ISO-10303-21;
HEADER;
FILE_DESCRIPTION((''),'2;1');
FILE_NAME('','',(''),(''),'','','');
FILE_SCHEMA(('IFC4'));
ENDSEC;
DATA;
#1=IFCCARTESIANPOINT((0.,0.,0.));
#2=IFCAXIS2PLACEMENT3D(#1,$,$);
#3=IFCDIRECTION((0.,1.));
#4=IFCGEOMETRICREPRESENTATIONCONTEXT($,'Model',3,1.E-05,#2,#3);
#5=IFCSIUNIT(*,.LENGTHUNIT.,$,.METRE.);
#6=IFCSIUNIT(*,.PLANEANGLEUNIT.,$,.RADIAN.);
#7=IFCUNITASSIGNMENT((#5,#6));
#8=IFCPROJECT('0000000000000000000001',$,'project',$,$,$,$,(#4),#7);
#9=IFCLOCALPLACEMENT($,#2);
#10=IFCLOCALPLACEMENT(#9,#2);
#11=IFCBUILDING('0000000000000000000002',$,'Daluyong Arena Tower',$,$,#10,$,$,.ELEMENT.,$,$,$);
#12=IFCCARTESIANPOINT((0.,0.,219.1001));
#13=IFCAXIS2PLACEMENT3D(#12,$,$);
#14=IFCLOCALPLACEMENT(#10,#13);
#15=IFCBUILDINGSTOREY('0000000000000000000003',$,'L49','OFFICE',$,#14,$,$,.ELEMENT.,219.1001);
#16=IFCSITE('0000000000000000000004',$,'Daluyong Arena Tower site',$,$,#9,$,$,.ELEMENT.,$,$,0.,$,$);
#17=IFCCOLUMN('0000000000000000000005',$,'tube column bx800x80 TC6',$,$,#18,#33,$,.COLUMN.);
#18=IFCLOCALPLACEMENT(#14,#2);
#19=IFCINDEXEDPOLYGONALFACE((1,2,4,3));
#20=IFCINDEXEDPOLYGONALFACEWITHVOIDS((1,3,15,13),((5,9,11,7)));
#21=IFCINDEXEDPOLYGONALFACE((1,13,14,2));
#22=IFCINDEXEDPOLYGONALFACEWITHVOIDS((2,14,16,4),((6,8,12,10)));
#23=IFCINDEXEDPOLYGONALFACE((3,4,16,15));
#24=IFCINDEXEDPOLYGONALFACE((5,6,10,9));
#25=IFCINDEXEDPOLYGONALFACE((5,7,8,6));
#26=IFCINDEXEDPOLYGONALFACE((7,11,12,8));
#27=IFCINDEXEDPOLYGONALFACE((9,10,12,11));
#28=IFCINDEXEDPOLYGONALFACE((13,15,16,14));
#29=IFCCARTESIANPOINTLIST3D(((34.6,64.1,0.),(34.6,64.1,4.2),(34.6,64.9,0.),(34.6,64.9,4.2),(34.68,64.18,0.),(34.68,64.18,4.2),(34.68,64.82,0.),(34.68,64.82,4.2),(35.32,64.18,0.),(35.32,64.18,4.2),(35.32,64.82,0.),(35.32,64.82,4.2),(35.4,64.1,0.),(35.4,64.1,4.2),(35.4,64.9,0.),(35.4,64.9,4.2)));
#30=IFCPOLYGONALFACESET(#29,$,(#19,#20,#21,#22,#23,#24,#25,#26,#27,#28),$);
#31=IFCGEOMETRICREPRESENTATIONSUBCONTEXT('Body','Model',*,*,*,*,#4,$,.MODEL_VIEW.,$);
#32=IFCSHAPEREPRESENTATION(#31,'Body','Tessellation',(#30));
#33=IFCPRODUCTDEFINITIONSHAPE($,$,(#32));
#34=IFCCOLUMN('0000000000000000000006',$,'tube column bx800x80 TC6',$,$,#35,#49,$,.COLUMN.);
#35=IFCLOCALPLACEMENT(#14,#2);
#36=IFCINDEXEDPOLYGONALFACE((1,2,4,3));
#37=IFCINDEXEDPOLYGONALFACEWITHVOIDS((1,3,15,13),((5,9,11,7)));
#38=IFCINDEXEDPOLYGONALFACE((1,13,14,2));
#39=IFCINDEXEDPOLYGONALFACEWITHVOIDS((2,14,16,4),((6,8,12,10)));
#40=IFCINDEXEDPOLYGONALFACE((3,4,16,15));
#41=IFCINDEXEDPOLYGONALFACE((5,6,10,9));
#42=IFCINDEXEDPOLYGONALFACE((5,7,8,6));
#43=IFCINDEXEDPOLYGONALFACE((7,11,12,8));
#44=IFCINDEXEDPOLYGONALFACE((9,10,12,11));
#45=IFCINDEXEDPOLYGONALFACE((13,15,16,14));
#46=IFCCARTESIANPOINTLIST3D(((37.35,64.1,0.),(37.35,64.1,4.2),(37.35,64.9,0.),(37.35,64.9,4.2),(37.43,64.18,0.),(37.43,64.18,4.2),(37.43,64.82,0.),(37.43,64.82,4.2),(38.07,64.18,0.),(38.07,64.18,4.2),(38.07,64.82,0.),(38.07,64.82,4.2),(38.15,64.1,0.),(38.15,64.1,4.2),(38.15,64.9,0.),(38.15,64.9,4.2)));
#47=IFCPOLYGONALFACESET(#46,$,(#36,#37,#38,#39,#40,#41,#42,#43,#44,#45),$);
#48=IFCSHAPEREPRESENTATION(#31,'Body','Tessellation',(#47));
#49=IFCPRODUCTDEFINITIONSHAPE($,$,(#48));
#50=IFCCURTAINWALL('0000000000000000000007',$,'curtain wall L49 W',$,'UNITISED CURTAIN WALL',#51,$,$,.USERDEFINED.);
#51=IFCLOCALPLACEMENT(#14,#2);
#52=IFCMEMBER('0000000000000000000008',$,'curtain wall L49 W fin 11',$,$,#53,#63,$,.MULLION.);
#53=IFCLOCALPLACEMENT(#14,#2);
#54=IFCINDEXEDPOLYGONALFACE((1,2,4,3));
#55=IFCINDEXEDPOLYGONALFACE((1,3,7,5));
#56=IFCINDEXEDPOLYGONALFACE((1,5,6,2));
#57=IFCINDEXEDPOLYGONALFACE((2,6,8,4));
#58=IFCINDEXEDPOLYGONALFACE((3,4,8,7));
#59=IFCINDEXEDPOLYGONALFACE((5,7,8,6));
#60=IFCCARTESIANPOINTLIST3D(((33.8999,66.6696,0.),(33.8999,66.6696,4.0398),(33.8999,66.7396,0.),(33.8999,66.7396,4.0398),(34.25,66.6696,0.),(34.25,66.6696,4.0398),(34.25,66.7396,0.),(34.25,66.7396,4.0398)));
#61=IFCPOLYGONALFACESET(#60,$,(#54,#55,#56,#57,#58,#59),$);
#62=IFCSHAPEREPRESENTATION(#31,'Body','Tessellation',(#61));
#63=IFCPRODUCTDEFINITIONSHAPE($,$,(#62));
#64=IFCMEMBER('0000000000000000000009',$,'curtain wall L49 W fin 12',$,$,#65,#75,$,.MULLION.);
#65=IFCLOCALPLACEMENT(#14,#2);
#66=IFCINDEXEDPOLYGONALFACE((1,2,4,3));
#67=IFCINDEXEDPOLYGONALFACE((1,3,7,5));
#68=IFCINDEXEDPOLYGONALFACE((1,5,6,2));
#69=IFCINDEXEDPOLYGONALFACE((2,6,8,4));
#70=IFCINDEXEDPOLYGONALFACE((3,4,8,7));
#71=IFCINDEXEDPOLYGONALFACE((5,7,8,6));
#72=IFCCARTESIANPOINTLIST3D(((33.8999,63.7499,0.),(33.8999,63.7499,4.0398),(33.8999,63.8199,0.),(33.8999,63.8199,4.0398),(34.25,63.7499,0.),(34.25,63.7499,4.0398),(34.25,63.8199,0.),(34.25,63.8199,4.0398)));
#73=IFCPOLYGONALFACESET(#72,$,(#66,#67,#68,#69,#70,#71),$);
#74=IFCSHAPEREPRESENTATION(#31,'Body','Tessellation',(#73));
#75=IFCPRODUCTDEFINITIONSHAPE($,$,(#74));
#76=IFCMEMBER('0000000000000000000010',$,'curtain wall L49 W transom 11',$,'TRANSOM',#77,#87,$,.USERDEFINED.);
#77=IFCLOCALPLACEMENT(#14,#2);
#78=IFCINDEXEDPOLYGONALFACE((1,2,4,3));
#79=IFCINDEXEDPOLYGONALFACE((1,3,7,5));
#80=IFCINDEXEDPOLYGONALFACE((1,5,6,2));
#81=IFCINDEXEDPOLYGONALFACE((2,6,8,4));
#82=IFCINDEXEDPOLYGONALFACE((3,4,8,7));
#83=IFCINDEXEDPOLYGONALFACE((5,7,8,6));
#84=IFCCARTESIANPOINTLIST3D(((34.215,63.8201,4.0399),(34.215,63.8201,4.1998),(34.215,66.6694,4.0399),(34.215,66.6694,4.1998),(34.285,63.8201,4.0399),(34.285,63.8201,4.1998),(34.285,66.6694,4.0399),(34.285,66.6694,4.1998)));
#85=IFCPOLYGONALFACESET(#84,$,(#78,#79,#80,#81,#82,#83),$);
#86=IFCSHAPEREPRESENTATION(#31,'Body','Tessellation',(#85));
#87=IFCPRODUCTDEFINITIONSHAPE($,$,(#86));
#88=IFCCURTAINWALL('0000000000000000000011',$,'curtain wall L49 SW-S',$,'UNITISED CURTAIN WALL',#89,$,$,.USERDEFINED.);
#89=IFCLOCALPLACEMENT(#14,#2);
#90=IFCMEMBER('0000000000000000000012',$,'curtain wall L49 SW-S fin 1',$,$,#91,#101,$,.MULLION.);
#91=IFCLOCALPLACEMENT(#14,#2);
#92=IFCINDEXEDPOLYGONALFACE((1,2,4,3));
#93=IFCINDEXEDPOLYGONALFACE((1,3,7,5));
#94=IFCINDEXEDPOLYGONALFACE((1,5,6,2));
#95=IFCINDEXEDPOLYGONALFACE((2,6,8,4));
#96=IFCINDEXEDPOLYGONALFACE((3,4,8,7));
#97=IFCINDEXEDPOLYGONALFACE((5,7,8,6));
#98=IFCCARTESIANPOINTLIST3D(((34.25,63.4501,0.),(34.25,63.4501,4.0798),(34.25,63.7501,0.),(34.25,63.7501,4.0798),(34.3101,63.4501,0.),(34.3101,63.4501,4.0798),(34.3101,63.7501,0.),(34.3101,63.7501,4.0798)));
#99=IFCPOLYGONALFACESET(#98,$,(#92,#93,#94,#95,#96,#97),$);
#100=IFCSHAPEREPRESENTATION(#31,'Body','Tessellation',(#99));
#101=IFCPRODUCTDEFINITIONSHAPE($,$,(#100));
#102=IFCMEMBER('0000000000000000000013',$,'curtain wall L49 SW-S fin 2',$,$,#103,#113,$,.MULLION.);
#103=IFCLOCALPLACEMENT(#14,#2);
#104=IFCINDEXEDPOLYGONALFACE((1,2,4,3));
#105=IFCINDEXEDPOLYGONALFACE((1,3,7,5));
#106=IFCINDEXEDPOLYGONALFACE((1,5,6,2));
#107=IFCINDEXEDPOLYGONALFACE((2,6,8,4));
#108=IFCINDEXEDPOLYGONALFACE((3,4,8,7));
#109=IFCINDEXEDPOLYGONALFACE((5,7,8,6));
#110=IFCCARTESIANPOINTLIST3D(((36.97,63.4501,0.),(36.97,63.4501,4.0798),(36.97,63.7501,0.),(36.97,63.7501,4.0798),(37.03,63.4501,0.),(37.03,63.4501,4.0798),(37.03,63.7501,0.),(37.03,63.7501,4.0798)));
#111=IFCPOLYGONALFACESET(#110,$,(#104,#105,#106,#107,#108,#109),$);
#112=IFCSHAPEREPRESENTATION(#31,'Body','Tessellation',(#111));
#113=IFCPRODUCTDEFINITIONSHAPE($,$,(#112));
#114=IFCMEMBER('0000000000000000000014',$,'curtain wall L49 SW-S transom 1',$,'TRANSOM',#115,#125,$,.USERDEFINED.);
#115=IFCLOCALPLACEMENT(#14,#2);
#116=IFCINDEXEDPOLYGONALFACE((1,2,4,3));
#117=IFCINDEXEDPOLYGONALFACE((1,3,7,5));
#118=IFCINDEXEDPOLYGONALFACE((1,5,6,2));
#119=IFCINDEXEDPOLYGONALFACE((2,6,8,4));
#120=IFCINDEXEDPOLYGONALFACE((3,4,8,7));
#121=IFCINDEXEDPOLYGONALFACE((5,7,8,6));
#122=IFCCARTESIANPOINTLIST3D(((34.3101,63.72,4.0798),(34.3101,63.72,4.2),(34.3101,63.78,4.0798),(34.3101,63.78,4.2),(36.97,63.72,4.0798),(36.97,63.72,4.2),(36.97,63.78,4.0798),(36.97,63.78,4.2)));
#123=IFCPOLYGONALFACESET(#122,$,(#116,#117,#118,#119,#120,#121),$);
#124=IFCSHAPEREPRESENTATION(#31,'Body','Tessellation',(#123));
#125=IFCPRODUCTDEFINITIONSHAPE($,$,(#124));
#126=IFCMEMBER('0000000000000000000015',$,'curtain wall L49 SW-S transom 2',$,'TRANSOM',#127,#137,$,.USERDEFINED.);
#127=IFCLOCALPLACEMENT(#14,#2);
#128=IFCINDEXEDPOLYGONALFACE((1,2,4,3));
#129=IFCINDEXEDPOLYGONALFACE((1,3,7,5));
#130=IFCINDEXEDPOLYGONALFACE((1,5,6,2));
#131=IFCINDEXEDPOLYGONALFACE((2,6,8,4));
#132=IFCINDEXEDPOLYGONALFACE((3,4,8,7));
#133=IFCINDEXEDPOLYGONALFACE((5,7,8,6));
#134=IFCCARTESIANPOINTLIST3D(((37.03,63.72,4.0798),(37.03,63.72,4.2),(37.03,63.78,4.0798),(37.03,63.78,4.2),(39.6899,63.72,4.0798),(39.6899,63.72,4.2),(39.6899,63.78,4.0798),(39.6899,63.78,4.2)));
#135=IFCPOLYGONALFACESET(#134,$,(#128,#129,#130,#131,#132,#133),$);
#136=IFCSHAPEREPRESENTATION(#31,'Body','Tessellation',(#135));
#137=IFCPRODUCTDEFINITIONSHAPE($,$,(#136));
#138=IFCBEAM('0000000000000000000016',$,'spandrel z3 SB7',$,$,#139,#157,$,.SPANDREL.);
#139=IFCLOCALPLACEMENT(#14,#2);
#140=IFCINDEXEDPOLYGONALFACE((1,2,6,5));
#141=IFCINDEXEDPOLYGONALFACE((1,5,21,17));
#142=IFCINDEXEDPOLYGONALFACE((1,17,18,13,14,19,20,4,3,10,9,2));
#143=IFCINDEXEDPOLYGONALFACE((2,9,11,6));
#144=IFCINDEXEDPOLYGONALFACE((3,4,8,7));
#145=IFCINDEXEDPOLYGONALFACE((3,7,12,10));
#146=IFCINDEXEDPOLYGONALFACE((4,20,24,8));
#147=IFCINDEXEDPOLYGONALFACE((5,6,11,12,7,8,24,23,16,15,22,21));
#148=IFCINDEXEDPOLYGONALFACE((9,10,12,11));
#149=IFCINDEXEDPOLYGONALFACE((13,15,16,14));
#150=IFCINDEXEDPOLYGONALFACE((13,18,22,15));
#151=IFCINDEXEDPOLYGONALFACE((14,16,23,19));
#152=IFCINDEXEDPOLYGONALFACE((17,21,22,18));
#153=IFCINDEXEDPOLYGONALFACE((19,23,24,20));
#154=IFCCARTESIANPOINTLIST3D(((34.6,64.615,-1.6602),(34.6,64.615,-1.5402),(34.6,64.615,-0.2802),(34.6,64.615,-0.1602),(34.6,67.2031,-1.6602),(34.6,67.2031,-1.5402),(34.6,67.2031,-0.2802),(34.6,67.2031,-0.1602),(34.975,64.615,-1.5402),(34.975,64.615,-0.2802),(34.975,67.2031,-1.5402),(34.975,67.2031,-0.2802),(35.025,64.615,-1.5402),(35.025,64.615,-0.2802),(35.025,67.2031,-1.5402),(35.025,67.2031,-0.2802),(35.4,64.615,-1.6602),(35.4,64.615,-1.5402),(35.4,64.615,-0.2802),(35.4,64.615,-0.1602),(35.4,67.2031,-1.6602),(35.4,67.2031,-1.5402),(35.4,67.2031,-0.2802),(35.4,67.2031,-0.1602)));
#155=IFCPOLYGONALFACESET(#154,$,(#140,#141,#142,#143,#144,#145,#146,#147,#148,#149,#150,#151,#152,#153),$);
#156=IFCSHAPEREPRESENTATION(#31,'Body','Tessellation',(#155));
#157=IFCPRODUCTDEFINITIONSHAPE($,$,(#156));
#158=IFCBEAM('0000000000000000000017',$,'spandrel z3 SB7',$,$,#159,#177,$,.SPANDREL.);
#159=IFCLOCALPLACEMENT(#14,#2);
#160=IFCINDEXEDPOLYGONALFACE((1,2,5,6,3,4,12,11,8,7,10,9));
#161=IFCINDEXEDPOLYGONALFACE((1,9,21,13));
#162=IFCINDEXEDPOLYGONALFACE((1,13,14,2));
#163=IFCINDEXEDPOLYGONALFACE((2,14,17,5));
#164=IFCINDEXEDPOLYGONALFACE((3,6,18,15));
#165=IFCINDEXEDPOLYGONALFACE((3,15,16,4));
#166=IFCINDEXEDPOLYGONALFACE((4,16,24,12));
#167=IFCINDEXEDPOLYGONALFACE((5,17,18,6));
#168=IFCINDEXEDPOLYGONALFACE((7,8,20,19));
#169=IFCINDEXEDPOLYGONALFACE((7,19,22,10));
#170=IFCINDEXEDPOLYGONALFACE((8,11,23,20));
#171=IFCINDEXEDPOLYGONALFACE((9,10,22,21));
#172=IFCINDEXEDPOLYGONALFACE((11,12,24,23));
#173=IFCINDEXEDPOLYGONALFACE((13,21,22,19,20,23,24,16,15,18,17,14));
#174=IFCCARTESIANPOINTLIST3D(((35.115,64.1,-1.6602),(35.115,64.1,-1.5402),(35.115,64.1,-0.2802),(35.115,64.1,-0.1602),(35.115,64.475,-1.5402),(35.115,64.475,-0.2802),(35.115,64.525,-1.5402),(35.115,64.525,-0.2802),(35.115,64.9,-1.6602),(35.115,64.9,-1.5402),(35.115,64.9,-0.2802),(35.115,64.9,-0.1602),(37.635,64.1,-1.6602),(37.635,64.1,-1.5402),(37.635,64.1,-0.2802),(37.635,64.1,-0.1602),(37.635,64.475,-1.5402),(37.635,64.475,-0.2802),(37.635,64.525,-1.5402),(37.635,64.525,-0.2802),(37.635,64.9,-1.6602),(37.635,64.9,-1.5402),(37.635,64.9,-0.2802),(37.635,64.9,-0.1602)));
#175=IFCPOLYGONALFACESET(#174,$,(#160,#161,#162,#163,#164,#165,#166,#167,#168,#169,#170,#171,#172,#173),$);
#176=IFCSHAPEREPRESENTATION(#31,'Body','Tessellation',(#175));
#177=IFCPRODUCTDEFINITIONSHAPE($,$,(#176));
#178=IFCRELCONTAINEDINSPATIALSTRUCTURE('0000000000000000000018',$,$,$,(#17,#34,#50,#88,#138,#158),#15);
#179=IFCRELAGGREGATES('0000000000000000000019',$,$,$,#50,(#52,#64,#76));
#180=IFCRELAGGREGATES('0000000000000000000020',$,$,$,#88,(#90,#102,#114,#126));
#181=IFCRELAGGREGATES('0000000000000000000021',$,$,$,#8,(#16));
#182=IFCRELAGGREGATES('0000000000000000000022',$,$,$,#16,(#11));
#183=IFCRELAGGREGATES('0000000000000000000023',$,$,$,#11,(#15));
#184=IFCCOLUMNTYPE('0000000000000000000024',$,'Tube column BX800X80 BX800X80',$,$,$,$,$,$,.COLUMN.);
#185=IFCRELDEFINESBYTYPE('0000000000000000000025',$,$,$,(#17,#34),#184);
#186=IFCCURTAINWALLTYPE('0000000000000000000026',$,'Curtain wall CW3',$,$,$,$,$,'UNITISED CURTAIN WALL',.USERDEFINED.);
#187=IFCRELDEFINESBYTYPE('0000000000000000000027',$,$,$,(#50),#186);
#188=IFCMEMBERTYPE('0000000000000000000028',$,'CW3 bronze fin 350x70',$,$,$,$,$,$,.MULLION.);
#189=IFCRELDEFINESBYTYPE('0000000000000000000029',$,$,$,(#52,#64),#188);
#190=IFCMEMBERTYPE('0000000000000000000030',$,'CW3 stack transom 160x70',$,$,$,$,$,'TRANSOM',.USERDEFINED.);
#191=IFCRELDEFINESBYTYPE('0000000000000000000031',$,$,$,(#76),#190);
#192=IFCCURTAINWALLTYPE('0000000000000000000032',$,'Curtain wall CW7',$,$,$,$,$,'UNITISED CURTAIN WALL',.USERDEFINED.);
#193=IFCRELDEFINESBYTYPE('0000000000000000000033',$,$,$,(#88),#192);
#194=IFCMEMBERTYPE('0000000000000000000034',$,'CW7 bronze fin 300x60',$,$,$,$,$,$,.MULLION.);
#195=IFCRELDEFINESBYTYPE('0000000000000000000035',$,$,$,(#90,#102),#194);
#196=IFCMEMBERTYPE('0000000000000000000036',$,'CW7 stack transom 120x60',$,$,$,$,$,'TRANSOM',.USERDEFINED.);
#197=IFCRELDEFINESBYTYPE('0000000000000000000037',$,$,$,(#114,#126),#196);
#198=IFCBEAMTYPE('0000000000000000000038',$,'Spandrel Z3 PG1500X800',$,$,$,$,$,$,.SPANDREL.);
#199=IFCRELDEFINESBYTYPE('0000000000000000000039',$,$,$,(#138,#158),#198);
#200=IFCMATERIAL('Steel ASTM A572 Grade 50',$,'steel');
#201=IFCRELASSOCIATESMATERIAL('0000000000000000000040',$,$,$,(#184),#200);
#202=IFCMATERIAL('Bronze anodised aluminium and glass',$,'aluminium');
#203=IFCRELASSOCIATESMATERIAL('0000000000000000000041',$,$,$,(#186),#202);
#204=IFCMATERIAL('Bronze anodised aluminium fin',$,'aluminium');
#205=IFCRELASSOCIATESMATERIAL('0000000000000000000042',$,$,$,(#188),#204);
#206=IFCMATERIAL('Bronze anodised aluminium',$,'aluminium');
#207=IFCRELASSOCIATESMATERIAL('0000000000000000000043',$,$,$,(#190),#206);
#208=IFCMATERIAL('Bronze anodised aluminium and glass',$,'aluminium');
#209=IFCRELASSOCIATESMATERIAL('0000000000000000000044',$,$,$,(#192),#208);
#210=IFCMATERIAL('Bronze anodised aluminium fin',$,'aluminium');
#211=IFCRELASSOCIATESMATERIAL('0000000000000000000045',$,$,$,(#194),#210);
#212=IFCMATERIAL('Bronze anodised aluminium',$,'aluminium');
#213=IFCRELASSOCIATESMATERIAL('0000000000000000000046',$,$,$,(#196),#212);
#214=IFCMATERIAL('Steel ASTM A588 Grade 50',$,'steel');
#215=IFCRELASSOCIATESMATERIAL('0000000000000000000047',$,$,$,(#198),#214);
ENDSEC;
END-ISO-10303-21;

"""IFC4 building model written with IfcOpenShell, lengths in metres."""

from ifc_helpers import new_model, si_unit, direction, frame, origin, origin_2d, place, context, subcontext, project, spatial, rectangle, hollow_rectangle, i_section, extrude, material, material_profile, profile_set, type_object, element, aggregate, save


model = new_model("IFC4")

# Units and contexts
model_context = context("Model", 3, precision=1e-05, world=origin(), true_north=direction((0.0, 1.0)))
body_context = subcontext(model_context, "Body", "Model", "MODEL_VIEW")
ifc_project = project(units=[si_unit("LENGTHUNIT", "METRE"), si_unit("PLANEANGLEUNIT", "RADIAN")], contexts=[model_context])

# Site, building, storey
site_placement = place(None, origin())
site = spatial("IfcSite", under=ifc_project, at=site_placement, Name="Daluyong Arena Tower site", CompositionType="ELEMENT", RefElevation=0.0)
building_placement = place(site_placement, origin())
building = spatial("IfcBuilding", under=site, at=building_placement, Name="Daluyong Arena Tower", CompositionType="ELEMENT")
storey_placement = place(building_placement, frame((0.0, 0.0, 219.1001)))
storey = spatial("IfcBuildingStorey", under=building, at=storey_placement, Name="L49", Description="OFFICE", CompositionType="ELEMENT", Elevation=219.1001)

# Columns
ifc_material_1 = material(Name="Steel ASTM A572 Grade 50", Category="steel")
ifc_material_profile_1 = material_profile(ifc_material_1, hollow_rectangle(XDim=0.8, YDim=0.8, WallThickness=0.08, at=origin_2d()))
ifc_profile_set_1 = profile_set([ifc_material_profile_1], Name="Steel ASTM A572 Grade 50")
column_type = type_object("IfcColumnType", Name="Tube column BX800X80 BX800X80", PredefinedType="COLUMN", material=ifc_profile_set_1)
for number, where, z_axis, x_axis, name in (
    (1, (35.0, 64.5, 0.0), (0.0, 0.0, 1.0), (1.0, 0.0, 0.0), "tube column bx800x80 TC6"),
    (2, (37.75, 64.5, 0.0), (0.0, 0.0, 1.0), (1.0, 0.0, 0.0), "tube column bx800x80 TC6"),
):
    element("IfcColumn", number, at=place(storey_placement, frame(where, z_axis=z_axis, x_axis=x_axis)), inside=storey, type_object=column_type, Name=name, PredefinedType="COLUMN", context=body_context, shape_type="SweptSolid", body=[
        extrude(hollow_rectangle(XDim=0.8, YDim=0.8, WallThickness=0.08, at=origin_2d()), origin(), (0.0, 0.0, 1.0), 4.2),
    ])

# Curtain walls, members
ifc_material_2 = material(Name="Bronze anodised aluminium and glass", Category="aluminium")
curtain_wall_type_1 = type_object("IfcCurtainWallType", Name="Curtain wall CW3", ElementType="UNITISED CURTAIN WALL", PredefinedType="USERDEFINED", material=ifc_material_2)
curtain_wall_1_placement = place(storey_placement, origin())
curtain_wall_1 = element("IfcCurtainWall", 3, at=curtain_wall_1_placement, inside=storey, type_object=curtain_wall_type_1, Name="curtain wall L49 W", ObjectType="UNITISED CURTAIN WALL", PredefinedType="USERDEFINED")
ifc_material_3 = material(Name="Bronze anodised aluminium fin", Category="aluminium")
ifc_material_profile_2 = material_profile(ifc_material_3, rectangle(XDim=0.3501, YDim=0.0701, at=origin_2d()))
ifc_profile_set_2 = profile_set([ifc_material_profile_2], Name="Bronze anodised aluminium fin")
member_type_1 = type_object("IfcMemberType", Name="CW3 bronze fin 350x70", PredefinedType="MULLION", material=ifc_profile_set_2)
member_1_placement = place(storey_placement, frame((34.075, 66.7046, 0.0), z_axis=(0.0, 0.0, 1.0), x_axis=(1.0, 0.0, 0.0)))
member_1 = element("IfcMember", 4, at=member_1_placement, type_object=member_type_1, Name="curtain wall L49 W fin 11", PredefinedType="MULLION", context=body_context, shape_type="SweptSolid", body=[
    extrude(rectangle(XDim=0.3501, YDim=0.0701, at=origin_2d()), origin(), (0.0, 0.0, 1.0), 4.0398),
])
member_2_placement = place(storey_placement, frame((34.075, 63.7849, 0.0), z_axis=(0.0, 0.0, 1.0), x_axis=(1.0, 0.0, 0.0)))
member_2 = element("IfcMember", 5, at=member_2_placement, type_object=member_type_1, Name="curtain wall L49 W fin 12", PredefinedType="MULLION", context=body_context, shape_type="SweptSolid", body=[
    extrude(rectangle(XDim=0.3501, YDim=0.0701, at=origin_2d()), origin(), (0.0, 0.0, 1.0), 4.0398),
])
ifc_material_4 = material(Name="Bronze anodised aluminium", Category="aluminium")
ifc_material_profile_3 = material_profile(ifc_material_4, rectangle(XDim=0.0701, YDim=0.1599, at=origin_2d()))
ifc_profile_set_3 = profile_set([ifc_material_profile_3], Name="Bronze anodised aluminium")
member_type_2 = type_object("IfcMemberType", Name="CW3 stack transom 160x70", ElementType="TRANSOM", PredefinedType="USERDEFINED", material=ifc_profile_set_3)
member_3_placement = place(storey_placement, frame((34.25, 66.6694, 4.1199), z_axis=(0.0, -1.0, 0.0), x_axis=(1.0, 0.0, 0.0)))
member_3 = element("IfcMember", 6, at=member_3_placement, type_object=member_type_2, Name="curtain wall L49 W transom 11", ObjectType="TRANSOM", PredefinedType="USERDEFINED", context=body_context, shape_type="SweptSolid", body=[
    extrude(rectangle(XDim=0.0701, YDim=0.1599, at=origin_2d()), origin(), (0.0, 0.0, 1.0), 2.8494),
])
ifc_material_5 = material(Name="Bronze anodised aluminium and glass", Category="aluminium")
curtain_wall_type_2 = type_object("IfcCurtainWallType", Name="Curtain wall CW7", ElementType="UNITISED CURTAIN WALL", PredefinedType="USERDEFINED", material=ifc_material_5)
curtain_wall_2_placement = place(storey_placement, origin())
curtain_wall_2 = element("IfcCurtainWall", 7, at=curtain_wall_2_placement, inside=storey, type_object=curtain_wall_type_2, Name="curtain wall L49 SW-S", ObjectType="UNITISED CURTAIN WALL", PredefinedType="USERDEFINED")
ifc_material_6 = material(Name="Bronze anodised aluminium fin", Category="aluminium")
ifc_material_profile_4 = material_profile(ifc_material_6, rectangle(XDim=0.3, YDim=0.0601, at=origin_2d()))
ifc_profile_set_4 = profile_set([ifc_material_profile_4], Name="Bronze anodised aluminium fin")
member_type_3 = type_object("IfcMemberType", Name="CW7 bronze fin 300x60", PredefinedType="MULLION", material=ifc_profile_set_4)
member_4_placement = place(storey_placement, frame((34.28, 63.6001, 0.0), z_axis=(0.0, 0.0, 1.0), x_axis=(0.0, 1.0, 0.0)))
member_4 = element("IfcMember", 8, at=member_4_placement, type_object=member_type_3, Name="curtain wall L49 SW-S fin 1", PredefinedType="MULLION", context=body_context, shape_type="SweptSolid", body=[
    extrude(rectangle(XDim=0.3, YDim=0.0601, at=origin_2d()), origin(), (0.0, 0.0, 1.0), 4.0798),
])
member_5_placement = place(storey_placement, frame((37.0, 63.6001, 0.0), z_axis=(0.0, 0.0, 1.0), x_axis=(0.0, 1.0, 0.0)))
member_5 = element("IfcMember", 9, at=member_5_placement, type_object=member_type_3, Name="curtain wall L49 SW-S fin 2", PredefinedType="MULLION", context=body_context, shape_type="SweptSolid", body=[
    extrude(rectangle(XDim=0.3, YDim=0.0601, at=origin_2d()), origin(), (0.0, 0.0, 1.0), 4.0798),
])
ifc_material_7 = material(Name="Bronze anodised aluminium", Category="aluminium")
ifc_material_profile_5 = material_profile(ifc_material_7, rectangle(XDim=0.0601, YDim=0.1201, at=origin_2d()))
ifc_profile_set_5 = profile_set([ifc_material_profile_5], Name="Bronze anodised aluminium")
member_type_4 = type_object("IfcMemberType", Name="CW7 stack transom 120x60", ElementType="TRANSOM", PredefinedType="USERDEFINED", material=ifc_profile_set_5)
member_6_placement = place(storey_placement, frame((34.3101, 63.75, 4.1399), z_axis=(1.0, 0.0, 0.0), x_axis=(0.0, 1.0, 0.0)))
member_6 = element("IfcMember", 10, at=member_6_placement, type_object=member_type_4, Name="curtain wall L49 SW-S transom 1", ObjectType="TRANSOM", PredefinedType="USERDEFINED", context=body_context, shape_type="SweptSolid", body=[
    extrude(rectangle(XDim=0.0601, YDim=0.1201, at=origin_2d()), origin(), (0.0, 0.0, 1.0), 2.6599),
])
member_7_placement = place(storey_placement, frame((37.03, 63.75, 4.1399), z_axis=(1.0, 0.0, 0.0), x_axis=(0.0, 1.0, 0.0)))
member_7 = element("IfcMember", 11, at=member_7_placement, type_object=member_type_4, Name="curtain wall L49 SW-S transom 2", ObjectType="TRANSOM", PredefinedType="USERDEFINED", context=body_context, shape_type="SweptSolid", body=[
    extrude(rectangle(XDim=0.0601, YDim=0.1201, at=origin_2d()), origin(), (0.0, 0.0, 1.0), 2.6599),
])

# Beams
ifc_material_8 = material(Name="Steel ASTM A588 Grade 50", Category="steel")
ifc_material_profile_6 = material_profile(ifc_material_8, i_section(OverallWidth=0.8, OverallDepth=1.5, WebThickness=0.05, FlangeThickness=0.12, at=origin_2d()))
ifc_profile_set_6 = profile_set([ifc_material_profile_6], Name="Steel ASTM A588 Grade 50")
beam_type = type_object("IfcBeamType", Name="Spandrel Z3 PG1500X800", PredefinedType="SPANDREL", material=ifc_profile_set_6)
beam_placement = place(storey_placement, frame((35.0, 67.2031, -0.9102), z_axis=(0.0, -1.0, 0.0), x_axis=(1.0, 0.0, 0.0)))
element("IfcBeam", 12, at=beam_placement, inside=storey, type_object=beam_type, Name="spandrel z3 SB7", PredefinedType="SPANDREL", context=body_context, shape_type="SweptSolid", body=[
    extrude(i_section(OverallWidth=0.8, OverallDepth=1.5, WebThickness=0.05, FlangeThickness=0.12, at=origin_2d()), origin(), (0.0, 0.0, 1.0), 2.5881),
])
for number, where, z_axis, x_axis, name in (
    (13, (35.115, 64.5, -0.9102), (1.0, 0.0, 0.0), (0.0, 1.0, 0.0), "spandrel z3 SB7"),
):
    element("IfcBeam", number, at=place(storey_placement, frame(where, z_axis=z_axis, x_axis=x_axis)), inside=storey, type_object=beam_type, Name=name, PredefinedType="SPANDREL", context=body_context, shape_type="SweptSolid", body=[
        extrude(i_section(OverallWidth=0.8, OverallDepth=1.5, WebThickness=0.05, FlangeThickness=0.12, at=origin_2d()), origin(), (0.0, 0.0, 1.0), 2.52),
    ])

aggregate(curtain_wall_1, [member_1, member_2, member_3])
aggregate(curtain_wall_2, [member_4, member_5, member_6, member_7])

save(model, "model.ifc")
